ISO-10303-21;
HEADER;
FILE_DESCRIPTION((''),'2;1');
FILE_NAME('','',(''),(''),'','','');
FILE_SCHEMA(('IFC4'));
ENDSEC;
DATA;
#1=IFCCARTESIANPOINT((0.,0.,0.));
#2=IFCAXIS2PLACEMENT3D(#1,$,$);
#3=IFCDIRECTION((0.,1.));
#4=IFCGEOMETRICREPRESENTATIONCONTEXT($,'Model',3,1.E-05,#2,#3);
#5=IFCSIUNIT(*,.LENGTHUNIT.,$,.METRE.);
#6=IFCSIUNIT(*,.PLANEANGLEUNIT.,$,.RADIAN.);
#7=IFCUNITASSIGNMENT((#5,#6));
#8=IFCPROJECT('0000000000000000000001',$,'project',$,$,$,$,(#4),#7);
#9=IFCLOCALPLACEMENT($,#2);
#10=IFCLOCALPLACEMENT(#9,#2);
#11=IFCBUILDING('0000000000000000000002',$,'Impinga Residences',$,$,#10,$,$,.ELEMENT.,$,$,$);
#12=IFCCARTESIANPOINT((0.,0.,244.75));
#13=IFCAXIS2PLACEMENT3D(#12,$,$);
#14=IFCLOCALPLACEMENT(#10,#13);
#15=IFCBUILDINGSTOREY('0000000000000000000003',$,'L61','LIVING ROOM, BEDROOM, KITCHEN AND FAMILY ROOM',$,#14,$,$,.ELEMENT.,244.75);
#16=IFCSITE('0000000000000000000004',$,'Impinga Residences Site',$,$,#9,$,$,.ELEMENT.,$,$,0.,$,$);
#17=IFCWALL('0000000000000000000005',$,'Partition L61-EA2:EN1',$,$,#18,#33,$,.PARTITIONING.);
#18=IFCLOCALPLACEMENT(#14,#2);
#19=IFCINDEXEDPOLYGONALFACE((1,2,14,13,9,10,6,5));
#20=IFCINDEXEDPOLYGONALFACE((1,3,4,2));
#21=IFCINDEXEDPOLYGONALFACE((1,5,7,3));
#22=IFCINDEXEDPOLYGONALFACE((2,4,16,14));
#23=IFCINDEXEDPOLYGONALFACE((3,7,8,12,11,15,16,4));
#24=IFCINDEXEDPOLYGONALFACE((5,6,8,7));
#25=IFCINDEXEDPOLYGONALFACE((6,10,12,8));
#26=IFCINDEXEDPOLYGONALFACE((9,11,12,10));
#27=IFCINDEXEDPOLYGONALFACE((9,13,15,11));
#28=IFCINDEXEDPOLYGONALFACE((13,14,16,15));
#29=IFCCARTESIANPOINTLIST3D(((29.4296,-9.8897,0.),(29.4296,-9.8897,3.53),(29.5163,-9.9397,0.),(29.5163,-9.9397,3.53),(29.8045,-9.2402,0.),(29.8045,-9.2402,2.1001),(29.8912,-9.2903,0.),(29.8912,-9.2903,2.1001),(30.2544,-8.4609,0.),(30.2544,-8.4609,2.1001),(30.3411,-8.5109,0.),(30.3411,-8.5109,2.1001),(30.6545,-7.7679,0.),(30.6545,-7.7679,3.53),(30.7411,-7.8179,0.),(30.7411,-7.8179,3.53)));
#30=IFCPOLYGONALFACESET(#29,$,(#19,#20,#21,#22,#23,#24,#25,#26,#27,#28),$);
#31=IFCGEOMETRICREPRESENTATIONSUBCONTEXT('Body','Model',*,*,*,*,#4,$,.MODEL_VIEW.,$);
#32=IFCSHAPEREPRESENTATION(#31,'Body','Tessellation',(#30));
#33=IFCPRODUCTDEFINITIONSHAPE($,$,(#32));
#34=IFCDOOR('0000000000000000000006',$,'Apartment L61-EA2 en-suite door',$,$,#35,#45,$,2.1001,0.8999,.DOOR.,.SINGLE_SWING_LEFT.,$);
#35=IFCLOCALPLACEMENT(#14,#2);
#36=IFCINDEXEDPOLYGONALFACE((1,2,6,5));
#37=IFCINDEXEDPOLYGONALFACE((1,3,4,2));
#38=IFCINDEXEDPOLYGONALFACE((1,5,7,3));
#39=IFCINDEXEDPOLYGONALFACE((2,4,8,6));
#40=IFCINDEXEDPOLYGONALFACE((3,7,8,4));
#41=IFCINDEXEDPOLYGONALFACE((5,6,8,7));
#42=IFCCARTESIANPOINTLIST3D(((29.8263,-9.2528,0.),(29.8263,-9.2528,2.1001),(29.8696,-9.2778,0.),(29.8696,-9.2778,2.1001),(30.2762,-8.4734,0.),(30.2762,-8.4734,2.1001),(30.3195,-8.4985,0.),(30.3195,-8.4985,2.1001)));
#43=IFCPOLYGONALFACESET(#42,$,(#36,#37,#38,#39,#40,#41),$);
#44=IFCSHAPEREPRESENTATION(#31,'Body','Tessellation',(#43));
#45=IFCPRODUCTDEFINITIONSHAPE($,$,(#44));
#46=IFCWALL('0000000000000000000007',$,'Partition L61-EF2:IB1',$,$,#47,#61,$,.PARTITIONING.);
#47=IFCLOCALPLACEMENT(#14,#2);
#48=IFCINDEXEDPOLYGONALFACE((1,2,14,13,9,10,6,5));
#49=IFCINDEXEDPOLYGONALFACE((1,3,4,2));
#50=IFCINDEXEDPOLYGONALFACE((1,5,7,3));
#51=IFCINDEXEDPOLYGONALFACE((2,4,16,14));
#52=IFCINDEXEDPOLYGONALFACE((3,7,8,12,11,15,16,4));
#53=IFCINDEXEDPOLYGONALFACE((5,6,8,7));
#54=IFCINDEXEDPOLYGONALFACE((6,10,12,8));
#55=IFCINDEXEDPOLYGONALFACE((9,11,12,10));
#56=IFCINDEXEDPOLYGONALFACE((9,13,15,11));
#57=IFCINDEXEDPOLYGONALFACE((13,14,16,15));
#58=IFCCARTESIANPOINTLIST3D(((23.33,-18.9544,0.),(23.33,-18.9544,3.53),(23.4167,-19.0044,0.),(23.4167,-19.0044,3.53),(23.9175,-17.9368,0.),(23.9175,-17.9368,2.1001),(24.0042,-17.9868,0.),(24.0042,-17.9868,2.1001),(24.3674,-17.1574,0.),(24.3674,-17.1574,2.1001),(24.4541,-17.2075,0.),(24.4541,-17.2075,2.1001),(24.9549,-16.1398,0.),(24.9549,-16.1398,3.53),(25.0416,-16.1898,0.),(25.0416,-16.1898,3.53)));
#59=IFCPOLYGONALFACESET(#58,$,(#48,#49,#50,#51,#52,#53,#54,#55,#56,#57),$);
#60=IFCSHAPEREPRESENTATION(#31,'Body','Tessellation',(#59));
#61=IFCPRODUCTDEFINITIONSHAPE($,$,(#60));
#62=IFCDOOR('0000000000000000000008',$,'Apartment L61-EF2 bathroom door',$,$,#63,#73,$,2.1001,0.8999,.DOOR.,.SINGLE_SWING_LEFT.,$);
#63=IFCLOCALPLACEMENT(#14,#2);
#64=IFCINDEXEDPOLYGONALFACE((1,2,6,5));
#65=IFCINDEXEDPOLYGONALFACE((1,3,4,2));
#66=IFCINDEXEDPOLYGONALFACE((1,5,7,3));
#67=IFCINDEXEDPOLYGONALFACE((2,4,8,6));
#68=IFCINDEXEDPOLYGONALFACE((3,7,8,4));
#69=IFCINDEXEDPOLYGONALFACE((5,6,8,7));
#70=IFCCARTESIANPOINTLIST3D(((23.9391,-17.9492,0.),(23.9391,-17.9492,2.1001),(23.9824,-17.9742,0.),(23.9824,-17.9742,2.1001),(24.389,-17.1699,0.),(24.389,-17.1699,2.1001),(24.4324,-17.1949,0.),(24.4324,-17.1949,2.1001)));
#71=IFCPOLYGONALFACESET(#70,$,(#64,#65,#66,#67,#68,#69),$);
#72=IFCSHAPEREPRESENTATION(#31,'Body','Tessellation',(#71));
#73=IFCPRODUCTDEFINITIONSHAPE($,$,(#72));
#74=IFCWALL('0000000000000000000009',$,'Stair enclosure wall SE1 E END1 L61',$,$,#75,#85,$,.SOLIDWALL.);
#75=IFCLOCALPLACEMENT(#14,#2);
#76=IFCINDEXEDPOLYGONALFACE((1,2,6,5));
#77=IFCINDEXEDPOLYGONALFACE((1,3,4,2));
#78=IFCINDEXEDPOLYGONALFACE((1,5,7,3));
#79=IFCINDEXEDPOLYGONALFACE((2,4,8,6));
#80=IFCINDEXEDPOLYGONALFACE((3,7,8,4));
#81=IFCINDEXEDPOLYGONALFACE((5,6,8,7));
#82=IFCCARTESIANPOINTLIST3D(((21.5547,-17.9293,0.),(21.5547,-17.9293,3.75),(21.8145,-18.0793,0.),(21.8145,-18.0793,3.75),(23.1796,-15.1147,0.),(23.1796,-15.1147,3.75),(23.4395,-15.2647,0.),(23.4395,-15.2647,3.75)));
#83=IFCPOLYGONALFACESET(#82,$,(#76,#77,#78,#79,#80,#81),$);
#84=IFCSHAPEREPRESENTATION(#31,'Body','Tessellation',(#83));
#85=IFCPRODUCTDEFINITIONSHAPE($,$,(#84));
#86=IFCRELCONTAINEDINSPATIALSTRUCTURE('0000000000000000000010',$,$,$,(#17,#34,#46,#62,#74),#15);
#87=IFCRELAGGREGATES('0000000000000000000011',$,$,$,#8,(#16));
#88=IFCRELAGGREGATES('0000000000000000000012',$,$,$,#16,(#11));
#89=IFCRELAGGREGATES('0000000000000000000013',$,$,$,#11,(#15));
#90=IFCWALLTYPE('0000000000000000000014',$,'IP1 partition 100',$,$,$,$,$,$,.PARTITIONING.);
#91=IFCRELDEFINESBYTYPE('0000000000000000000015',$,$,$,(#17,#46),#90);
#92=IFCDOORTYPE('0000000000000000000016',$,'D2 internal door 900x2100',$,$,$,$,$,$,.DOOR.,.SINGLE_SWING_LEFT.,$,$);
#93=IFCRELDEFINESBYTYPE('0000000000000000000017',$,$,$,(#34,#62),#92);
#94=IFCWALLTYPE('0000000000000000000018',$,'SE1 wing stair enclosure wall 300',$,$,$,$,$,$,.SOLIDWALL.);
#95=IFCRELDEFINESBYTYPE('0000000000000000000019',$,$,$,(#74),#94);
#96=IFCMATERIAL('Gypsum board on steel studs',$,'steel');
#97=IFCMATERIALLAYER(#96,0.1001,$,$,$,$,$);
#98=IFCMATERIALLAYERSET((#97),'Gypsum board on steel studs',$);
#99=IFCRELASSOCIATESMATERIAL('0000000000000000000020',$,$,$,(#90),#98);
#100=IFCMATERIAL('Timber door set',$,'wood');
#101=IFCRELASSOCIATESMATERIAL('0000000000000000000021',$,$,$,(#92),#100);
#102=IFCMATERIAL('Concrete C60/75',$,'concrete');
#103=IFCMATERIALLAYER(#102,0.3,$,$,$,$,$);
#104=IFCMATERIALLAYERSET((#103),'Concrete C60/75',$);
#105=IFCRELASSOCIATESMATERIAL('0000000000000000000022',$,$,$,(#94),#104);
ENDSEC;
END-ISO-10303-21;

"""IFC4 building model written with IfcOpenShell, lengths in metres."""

from ifc_helpers import new_model, si_unit, direction, frame, frame_2d, origin, place, context, subcontext, project, spatial, rectangle, extrude, material, layer, layer_set, type_object, element, fill, save


model = new_model("IFC4")

# Units and contexts
model_context = context("Model", 3, precision=1e-05, world=origin(), true_north=direction((0.0, 1.0)))
body_context = subcontext(model_context, "Body", "Model", "MODEL_VIEW")
ifc_project = project(units=[si_unit("LENGTHUNIT", "METRE"), si_unit("PLANEANGLEUNIT", "RADIAN")], contexts=[model_context])

# Site, building, storey
site_placement = place(None, origin())
site = spatial("IfcSite", under=ifc_project, at=site_placement, Name="Impinga Residences Site", CompositionType="ELEMENT", RefElevation=0.0)
building_placement = place(site_placement, origin())
building = spatial("IfcBuilding", under=site, at=building_placement, Name="Impinga Residences", CompositionType="ELEMENT")
storey_placement = place(building_placement, frame((0.0, 0.0, 244.75)))
storey = spatial("IfcBuildingStorey", under=building, at=storey_placement, Name="L61", Description="LIVING ROOM, BEDROOM, KITCHEN AND FAMILY ROOM", CompositionType="ELEMENT", Elevation=244.75)

# Shared definitions
ifc_material_1 = material(Name="Concrete C60/75", Category="concrete")

# Shared definitions
ifc_material_2 = material(Name="Timber door set", Category="wood")

# Shared definitions
ifc_material_3 = material(Name="Gypsum board on steel studs", Category="steel")
ifc_layer_1 = layer(ifc_material_3, 0.1001)
ifc_layer_set_1 = layer_set([ifc_layer_1], Name="Gypsum board on steel studs")
wall_type_1 = type_object("IfcWallType", Name="IP1 partition 100", PredefinedType="PARTITIONING", material=ifc_layer_set_1)

# Walls, openings, doors
wall_1_placement = place(storey_placement, frame((29.4729, -9.9148, 0.0), z_axis=(0.0, 0.0, 1.0), x_axis=(0.499944, 0.866058, 0.0)))
wall_1 = element("IfcWall", 1, at=wall_1_placement, inside=storey, type_object=wall_type_1, Name="Partition L61-EA2:EN1", PredefinedType="PARTITIONING", context=body_context, shape_type="SweptSolid", body=[
    extrude(rectangle(XDim=2.45, YDim=0.1001, at=frame_2d((1.2251, 0.0))), origin(), (0.0, 0.0, 1.0), 3.53),
])
opening_1_placement = place(wall_1_placement, frame((0.75, 0.0, 0.0)))
opening_1 = element("IfcOpeningElement", 2, at=opening_1_placement, cuts=wall_1, PredefinedType="OPENING", context=body_context, shape_type="SweptSolid", body=[
    extrude(rectangle(XDim=0.8999, YDim=2.1001, at=frame_2d((0.45, 1.05))), frame((0.0, 0.0601, 0.0), z_axis=(0.0, -1.0, 0.0), x_axis=(1.0, 0.0, 0.0)), (0.0, 0.0, 1.0), 0.1201),
])
door_type_1 = type_object("IfcDoorType", Name="D2 internal door 900x2100", OperationType="SINGLE_SWING_LEFT", PredefinedType="DOOR", material=ifc_material_2)
door_1_placement = place(opening_1_placement, origin())
door_1 = element("IfcDoor", 3, at=door_1_placement, inside=storey, type_object=door_type_1, Name="Apartment L61-EA2 en-suite door", OperationType="SINGLE_SWING_LEFT", OverallHeight=2.1001, OverallWidth=0.8999, PredefinedType="DOOR", context=body_context, shape_type="SweptSolid", body=[
    extrude(rectangle(XDim=0.8999, YDim=2.1001, at=frame_2d((0.45, 1.05))), frame((0.0, 0.0249, 0.0), z_axis=(0.0, -1.0, 0.0), x_axis=(1.0, 0.0, 0.0)), (0.0, 0.0, 1.0), 0.05),
])
fill(opening_1, door_1)
wall_2_placement = place(storey_placement, frame((24.9983, -16.1648, 0.0), z_axis=(0.0, 0.0, 1.0), x_axis=(-0.499985, -0.866034, 0.0)))
wall_2 = element("IfcWall", 4, at=wall_2_placement, inside=storey, type_object=wall_type_1, Name="Partition L61-EF2:IB1", PredefinedType="PARTITIONING", context=body_context, shape_type="SweptSolid", body=[
    extrude(rectangle(XDim=3.25, YDim=0.1001, at=frame_2d((1.625, 0.0))), origin(), (0.0, 0.0, 1.0), 3.53),
])
opening_2_placement = place(wall_2_placement, frame((1.175, 0.0, 0.0)))
opening_2 = element("IfcOpeningElement", 5, at=opening_2_placement, cuts=wall_2, PredefinedType="OPENING", context=body_context, shape_type="SweptSolid", body=[
    extrude(rectangle(XDim=0.8999, YDim=2.1001, at=frame_2d((0.45, 1.05))), frame((0.0, 0.0601, 0.0), z_axis=(0.0, -1.0, 0.0), x_axis=(1.0, 0.0, 0.0)), (0.0, 0.0, 1.0), 0.1201),
])
door_2_placement = place(opening_2_placement, origin())
door_2 = element("IfcDoor", 6, at=door_2_placement, inside=storey, type_object=door_type_1, Name="Apartment L61-EF2 bathroom door", OperationType="SINGLE_SWING_LEFT", OverallHeight=2.1001, OverallWidth=0.8999, PredefinedType="DOOR", context=body_context, shape_type="SweptSolid", body=[
    extrude(rectangle(XDim=0.8999, YDim=2.1001, at=frame_2d((0.45, 1.05))), frame((0.0, 0.0249, 0.0), z_axis=(0.0, -1.0, 0.0), x_axis=(1.0, 0.0, 0.0)), (0.0, 0.0, 1.0), 0.05),
])
fill(opening_2, door_2)

# Wall
ifc_layer_2 = layer(ifc_material_1, 0.3)
ifc_layer_set_2 = layer_set([ifc_layer_2], Name="Concrete C60/75")
wall_type_2 = type_object("IfcWallType", Name="SE1 wing stair enclosure wall 300", PredefinedType="SOLIDWALL", material=ifc_layer_set_2)
wall_3_placement = place(storey_placement, frame((23.3096, -15.1897, 0.0), z_axis=(0.0, 0.0, 1.0), x_axis=(-0.499985, -0.866034, 0.0)))
element("IfcWall", 7, at=wall_3_placement, inside=storey, type_object=wall_type_2, Name="Stair enclosure wall SE1 E END1 L61", PredefinedType="SOLIDWALL", context=body_context, shape_type="SweptSolid", body=[
    extrude(rectangle(XDim=3.25, YDim=0.3, at=frame_2d((1.625, 0.0))), origin(), (0.0, 0.0, 1.0), 3.75),
])

save(model, "model.ifc")
